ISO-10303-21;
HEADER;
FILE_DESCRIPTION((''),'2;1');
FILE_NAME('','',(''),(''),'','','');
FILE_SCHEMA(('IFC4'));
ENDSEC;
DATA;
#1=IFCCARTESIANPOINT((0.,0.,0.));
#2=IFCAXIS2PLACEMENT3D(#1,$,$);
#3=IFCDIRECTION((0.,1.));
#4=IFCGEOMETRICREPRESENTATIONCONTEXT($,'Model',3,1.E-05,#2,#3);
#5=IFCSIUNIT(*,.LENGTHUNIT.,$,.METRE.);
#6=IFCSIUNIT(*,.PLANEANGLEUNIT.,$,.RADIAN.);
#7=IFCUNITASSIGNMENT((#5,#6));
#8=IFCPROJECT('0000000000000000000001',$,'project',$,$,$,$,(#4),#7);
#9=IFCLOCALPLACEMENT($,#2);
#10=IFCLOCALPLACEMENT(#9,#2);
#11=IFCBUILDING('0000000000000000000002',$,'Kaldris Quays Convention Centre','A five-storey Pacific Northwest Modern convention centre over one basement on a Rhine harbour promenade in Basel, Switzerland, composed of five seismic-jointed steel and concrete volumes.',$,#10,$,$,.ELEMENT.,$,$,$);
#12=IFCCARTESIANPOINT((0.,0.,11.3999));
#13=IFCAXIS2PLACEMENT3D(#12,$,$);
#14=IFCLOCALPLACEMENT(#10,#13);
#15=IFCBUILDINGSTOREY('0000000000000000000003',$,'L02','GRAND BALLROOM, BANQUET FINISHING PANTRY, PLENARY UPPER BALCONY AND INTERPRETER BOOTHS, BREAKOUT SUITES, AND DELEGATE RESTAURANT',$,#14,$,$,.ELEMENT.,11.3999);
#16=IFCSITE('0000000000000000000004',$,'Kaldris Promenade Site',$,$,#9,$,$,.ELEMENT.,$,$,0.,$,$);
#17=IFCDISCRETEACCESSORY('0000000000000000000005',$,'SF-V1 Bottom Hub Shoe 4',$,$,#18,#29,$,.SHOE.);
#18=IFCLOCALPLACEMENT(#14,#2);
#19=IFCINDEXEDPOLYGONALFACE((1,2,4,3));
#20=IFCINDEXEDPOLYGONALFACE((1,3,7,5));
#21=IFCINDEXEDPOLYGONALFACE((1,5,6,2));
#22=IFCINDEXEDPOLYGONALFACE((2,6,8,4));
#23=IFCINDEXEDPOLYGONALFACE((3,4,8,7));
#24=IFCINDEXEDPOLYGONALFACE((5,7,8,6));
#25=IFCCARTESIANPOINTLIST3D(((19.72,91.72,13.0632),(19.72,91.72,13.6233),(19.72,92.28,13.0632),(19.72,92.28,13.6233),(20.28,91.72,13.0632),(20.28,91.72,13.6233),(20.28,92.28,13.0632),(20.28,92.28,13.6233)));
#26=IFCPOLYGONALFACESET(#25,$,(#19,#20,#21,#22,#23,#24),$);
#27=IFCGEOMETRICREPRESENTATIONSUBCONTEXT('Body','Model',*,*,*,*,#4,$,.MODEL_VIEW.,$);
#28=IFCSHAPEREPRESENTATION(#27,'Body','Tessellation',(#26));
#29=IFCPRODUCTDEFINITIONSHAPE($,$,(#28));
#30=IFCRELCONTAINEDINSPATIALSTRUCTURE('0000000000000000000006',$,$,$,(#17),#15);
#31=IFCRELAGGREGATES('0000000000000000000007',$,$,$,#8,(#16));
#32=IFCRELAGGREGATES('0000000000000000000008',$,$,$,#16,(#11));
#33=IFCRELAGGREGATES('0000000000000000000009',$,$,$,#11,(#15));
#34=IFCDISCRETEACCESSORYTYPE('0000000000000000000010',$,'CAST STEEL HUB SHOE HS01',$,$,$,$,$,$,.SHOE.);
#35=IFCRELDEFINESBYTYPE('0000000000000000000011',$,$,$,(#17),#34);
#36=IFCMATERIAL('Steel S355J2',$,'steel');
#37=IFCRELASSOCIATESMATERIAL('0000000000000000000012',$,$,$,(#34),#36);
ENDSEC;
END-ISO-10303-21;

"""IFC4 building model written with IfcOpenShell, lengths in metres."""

from ifc_helpers import new_model, si_unit, direction, frame, origin, origin_2d, place, context, subcontext, project, spatial, rectangle, extrude, material, type_object, element, save


model = new_model("IFC4")

# Units and contexts
model_context = context("Model", 3, precision=1e-05, world=origin(), true_north=direction((0.0, 1.0)))
body_context = subcontext(model_context, "Body", "Model", "MODEL_VIEW")
ifc_project = project(units=[si_unit("LENGTHUNIT", "METRE"), si_unit("PLANEANGLEUNIT", "RADIAN")], contexts=[model_context])

# Site, building, storey
site_placement = place(None, origin())
site = spatial("IfcSite", under=ifc_project, at=site_placement, Name="Kaldris Promenade Site", CompositionType="ELEMENT", RefElevation=0.0)
building_placement = place(site_placement, origin())
building = spatial("IfcBuilding", under=site, at=building_placement, Name="Kaldris Quays Convention Centre", Description="A five-storey Pacific Northwest Modern convention centre over one basement on a Rhine harbour promenade in Basel, Switzerland, composed of five seismic-jointed steel and concrete volumes.", CompositionType="ELEMENT")
storey_placement = place(building_placement, frame((0.0, 0.0, 11.3999)))
storey = spatial("IfcBuildingStorey", under=building, at=storey_placement, Name="L02", Description="GRAND BALLROOM, BANQUET FINISHING PANTRY, PLENARY UPPER BALCONY AND INTERPRETER BOOTHS, BREAKOUT SUITES, AND DELEGATE RESTAURANT", CompositionType="ELEMENT", Elevation=11.3999)

# Discrete accessory
ifc_material_1 = material(Name="Steel S355J2", Category="steel")
discrete_accessory_type = type_object("IfcDiscreteAccessoryType", Name="CAST STEEL HUB SHOE HS01", PredefinedType="SHOE", material=ifc_material_1)
discrete_accessory_placement = place(storey_placement, frame((20.0, 92.0, 13.0632), z_axis=(0.0, 0.0, 1.0), x_axis=(1.0, 0.0, 0.0)))
element("IfcDiscreteAccessory", 1, at=discrete_accessory_placement, inside=storey, type_object=discrete_accessory_type, Name="SF-V1 Bottom Hub Shoe 4", PredefinedType="SHOE", context=body_context, shape_type="SweptSolid", body=[
    extrude(rectangle(XDim=0.5601, YDim=0.5601, at=origin_2d()), origin(), (0.0, 0.0, 1.0), 0.5601),
])

save(model, "model.ifc")
